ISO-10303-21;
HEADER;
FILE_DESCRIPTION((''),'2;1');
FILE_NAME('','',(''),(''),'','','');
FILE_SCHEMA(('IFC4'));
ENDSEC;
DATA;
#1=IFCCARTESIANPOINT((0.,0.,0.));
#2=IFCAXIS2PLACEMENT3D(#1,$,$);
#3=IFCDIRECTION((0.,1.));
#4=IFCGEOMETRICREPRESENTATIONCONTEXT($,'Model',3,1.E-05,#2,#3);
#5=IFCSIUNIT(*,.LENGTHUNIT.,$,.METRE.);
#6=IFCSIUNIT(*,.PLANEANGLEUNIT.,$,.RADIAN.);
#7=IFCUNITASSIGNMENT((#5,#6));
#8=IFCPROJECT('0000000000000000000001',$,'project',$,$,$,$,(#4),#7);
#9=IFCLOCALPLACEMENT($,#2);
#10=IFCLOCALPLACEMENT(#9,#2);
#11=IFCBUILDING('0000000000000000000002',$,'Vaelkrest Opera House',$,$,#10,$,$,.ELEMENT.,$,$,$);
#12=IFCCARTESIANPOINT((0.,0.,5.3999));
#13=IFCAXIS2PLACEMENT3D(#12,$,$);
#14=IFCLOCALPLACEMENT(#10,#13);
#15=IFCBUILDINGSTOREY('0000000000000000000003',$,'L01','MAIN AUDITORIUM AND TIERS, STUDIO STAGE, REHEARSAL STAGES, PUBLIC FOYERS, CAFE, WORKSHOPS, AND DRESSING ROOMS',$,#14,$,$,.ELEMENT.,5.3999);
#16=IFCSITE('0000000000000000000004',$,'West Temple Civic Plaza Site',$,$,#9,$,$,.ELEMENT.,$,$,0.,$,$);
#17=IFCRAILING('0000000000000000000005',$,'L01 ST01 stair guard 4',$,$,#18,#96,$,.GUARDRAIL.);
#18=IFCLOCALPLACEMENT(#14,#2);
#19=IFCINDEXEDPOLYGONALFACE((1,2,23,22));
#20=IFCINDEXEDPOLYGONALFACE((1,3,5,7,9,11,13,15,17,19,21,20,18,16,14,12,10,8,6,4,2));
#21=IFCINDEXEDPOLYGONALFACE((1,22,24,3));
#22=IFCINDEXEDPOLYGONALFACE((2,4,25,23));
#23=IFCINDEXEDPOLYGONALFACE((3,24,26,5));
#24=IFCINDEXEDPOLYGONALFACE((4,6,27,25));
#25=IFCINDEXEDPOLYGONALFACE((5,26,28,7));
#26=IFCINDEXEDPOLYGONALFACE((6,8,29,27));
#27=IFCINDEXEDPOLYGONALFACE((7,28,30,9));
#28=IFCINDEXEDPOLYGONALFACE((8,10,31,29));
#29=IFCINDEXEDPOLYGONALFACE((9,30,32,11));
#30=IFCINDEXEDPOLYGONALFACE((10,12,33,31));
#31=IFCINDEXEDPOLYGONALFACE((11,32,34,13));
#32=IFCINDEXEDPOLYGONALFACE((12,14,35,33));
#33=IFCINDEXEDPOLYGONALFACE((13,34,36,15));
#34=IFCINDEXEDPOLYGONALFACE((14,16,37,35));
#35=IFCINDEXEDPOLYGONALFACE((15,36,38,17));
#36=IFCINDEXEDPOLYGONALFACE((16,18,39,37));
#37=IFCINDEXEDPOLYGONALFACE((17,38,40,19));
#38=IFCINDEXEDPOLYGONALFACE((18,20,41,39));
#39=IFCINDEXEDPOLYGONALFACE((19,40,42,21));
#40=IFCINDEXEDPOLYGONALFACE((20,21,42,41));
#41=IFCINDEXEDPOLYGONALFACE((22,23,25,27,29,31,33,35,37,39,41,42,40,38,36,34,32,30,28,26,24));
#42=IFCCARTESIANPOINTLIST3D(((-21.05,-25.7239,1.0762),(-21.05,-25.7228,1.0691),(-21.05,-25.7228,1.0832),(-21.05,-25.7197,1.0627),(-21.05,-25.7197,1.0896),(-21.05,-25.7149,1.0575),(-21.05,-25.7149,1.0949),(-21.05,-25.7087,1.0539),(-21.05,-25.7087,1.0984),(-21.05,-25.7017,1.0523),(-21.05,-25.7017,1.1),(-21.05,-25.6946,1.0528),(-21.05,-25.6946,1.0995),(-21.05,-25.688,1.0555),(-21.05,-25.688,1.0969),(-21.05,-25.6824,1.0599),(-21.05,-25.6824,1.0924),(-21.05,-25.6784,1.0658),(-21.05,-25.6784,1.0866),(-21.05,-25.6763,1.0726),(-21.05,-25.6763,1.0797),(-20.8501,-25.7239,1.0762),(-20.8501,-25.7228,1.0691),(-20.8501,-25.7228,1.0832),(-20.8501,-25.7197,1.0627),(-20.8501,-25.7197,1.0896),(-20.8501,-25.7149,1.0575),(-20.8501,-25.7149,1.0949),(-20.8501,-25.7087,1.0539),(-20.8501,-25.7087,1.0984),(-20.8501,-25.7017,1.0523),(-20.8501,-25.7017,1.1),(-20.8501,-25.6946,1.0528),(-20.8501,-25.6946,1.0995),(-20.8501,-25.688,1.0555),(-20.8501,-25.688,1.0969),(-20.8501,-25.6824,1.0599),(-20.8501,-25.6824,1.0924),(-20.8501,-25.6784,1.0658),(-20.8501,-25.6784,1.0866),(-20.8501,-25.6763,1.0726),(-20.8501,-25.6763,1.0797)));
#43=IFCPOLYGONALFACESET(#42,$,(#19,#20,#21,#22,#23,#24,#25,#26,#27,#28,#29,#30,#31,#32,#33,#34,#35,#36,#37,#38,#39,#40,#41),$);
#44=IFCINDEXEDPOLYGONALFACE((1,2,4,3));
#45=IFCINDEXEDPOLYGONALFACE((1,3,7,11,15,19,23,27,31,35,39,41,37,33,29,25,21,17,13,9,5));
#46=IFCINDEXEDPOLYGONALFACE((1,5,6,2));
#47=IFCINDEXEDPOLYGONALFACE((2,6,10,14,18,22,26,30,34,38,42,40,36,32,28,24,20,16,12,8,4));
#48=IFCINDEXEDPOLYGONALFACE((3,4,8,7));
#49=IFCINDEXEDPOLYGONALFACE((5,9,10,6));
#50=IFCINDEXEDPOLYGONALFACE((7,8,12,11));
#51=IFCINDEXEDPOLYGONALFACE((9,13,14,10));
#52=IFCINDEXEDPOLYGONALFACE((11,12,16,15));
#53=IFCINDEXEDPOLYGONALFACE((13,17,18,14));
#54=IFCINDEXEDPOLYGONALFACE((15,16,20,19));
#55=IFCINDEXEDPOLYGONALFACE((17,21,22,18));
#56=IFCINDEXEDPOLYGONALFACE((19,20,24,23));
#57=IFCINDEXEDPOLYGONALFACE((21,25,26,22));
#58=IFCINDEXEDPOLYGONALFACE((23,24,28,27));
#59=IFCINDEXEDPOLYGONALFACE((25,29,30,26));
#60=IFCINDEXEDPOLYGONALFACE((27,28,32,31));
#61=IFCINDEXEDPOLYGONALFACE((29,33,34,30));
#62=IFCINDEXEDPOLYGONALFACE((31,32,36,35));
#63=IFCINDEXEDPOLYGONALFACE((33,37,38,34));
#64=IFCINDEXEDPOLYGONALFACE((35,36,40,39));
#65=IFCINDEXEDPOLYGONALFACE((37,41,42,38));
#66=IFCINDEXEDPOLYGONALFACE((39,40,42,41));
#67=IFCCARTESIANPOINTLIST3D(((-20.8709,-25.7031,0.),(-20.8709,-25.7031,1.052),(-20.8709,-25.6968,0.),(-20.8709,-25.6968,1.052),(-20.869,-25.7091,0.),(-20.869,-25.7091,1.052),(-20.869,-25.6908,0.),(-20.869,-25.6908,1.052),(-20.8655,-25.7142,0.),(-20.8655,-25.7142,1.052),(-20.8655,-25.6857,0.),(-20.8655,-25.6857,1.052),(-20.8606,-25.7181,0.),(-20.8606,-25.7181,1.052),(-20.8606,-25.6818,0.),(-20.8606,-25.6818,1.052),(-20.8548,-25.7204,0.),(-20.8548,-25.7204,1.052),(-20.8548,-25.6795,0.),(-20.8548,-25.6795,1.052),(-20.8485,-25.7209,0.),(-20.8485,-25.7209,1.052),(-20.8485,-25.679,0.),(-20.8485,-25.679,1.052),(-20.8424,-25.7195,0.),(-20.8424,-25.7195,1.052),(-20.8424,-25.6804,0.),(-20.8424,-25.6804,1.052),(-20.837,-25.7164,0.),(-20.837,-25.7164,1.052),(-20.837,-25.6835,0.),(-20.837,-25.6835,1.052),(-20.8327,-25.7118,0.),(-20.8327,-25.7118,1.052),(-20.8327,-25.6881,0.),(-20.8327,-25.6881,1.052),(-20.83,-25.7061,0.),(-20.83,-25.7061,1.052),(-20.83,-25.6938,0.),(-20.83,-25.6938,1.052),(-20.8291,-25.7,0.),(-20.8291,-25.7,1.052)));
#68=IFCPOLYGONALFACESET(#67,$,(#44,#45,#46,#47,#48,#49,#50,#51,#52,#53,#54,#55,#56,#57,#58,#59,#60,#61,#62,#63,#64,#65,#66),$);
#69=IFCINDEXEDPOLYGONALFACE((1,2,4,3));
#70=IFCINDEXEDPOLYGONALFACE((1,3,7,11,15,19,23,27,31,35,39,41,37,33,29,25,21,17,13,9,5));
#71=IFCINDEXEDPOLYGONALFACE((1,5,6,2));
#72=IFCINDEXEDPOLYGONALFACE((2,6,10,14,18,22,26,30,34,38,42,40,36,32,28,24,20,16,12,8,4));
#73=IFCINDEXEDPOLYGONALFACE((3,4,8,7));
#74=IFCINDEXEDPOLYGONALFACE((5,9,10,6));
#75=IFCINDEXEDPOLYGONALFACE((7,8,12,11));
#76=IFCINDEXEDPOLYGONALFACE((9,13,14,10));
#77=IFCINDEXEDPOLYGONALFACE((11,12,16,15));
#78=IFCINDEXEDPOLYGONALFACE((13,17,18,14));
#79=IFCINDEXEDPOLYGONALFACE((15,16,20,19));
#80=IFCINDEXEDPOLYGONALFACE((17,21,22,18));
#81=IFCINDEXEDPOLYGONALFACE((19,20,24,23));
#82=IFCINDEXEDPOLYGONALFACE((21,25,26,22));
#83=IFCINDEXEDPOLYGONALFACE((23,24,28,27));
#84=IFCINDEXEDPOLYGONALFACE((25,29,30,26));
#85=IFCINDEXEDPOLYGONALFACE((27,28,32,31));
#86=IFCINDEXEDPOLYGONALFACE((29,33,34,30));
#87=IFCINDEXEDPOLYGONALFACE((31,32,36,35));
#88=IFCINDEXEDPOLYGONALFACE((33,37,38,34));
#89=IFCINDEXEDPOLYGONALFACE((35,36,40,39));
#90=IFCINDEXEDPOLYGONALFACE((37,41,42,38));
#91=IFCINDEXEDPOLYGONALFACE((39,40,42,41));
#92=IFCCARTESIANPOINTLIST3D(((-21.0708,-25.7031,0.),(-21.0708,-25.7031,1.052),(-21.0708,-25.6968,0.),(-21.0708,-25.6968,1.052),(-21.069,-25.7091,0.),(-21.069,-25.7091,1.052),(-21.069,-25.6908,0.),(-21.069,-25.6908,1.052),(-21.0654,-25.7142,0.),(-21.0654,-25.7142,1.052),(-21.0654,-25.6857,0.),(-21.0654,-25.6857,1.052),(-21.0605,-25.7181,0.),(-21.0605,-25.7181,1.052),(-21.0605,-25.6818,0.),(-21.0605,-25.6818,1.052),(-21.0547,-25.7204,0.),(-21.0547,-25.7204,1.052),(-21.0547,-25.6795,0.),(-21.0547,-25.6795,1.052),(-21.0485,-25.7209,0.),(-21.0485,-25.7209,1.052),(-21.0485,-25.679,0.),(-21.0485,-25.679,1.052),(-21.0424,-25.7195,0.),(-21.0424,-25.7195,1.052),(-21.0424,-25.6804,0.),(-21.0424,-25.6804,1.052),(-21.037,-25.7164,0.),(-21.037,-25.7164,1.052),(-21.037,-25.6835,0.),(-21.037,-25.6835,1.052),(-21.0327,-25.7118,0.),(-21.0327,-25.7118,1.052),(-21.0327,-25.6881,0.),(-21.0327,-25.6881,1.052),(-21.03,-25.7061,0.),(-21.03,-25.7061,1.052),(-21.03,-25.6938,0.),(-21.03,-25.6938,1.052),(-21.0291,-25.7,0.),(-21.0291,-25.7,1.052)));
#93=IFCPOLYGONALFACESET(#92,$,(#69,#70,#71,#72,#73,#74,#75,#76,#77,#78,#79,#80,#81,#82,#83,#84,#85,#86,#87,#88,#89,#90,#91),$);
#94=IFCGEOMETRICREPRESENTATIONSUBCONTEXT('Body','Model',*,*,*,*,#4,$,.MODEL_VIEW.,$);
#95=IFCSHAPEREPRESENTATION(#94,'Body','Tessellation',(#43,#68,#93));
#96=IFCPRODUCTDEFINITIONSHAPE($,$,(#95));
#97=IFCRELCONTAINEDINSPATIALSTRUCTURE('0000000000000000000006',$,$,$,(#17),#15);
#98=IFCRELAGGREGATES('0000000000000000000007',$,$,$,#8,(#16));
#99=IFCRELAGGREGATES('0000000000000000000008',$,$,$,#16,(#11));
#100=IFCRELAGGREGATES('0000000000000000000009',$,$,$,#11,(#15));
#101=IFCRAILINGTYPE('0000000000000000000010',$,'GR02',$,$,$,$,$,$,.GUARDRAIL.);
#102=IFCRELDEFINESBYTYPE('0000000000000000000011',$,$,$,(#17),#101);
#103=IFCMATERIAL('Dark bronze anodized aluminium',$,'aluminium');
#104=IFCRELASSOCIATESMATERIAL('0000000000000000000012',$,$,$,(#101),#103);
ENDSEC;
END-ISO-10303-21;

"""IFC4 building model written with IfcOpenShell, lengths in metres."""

from ifc_helpers import new_model, si_unit, direction, frame, origin, origin_2d, place, context, subcontext, project, spatial, circle, extrude, material, type_object, element, save


model = new_model("IFC4")

# Units and contexts
model_context = context("Model", 3, precision=1e-05, world=origin(), true_north=direction((0.0, 1.0)))
body_context = subcontext(model_context, "Body", "Model", "MODEL_VIEW")
ifc_project = project(units=[si_unit("LENGTHUNIT", "METRE"), si_unit("PLANEANGLEUNIT", "RADIAN")], contexts=[model_context])

# Site, building, storey
site_placement = place(None, origin())
site = spatial("IfcSite", under=ifc_project, at=site_placement, Name="West Temple Civic Plaza Site", CompositionType="ELEMENT", RefElevation=0.0)
building_placement = place(site_placement, origin())
building = spatial("IfcBuilding", under=site, at=building_placement, Name="Vaelkrest Opera House", CompositionType="ELEMENT")
storey_placement = place(building_placement, frame((0.0, 0.0, 5.3999)))
storey = spatial("IfcBuildingStorey", under=building, at=storey_placement, Name="L01", Description="MAIN AUDITORIUM AND TIERS, STUDIO STAGE, REHEARSAL STAGES, PUBLIC FOYERS, CAFE, WORKSHOPS, AND DRESSING ROOMS", CompositionType="ELEMENT", Elevation=5.3999)

# Shared definitions
ifc_material_1 = material(Name="Dark bronze anodized aluminium", Category="aluminium")

# Railing
railing_type_1 = type_object("IfcRailingType", Name="GR02", PredefinedType="GUARDRAIL", material=ifc_material_1)
railing_1_placement = place(storey_placement, frame((-20.8501, -25.7, 0.0)))
element("IfcRailing", 1, at=railing_1_placement, inside=storey, type_object=railing_type_1, Name="L01 ST01 stair guard 4", PredefinedType="GUARDRAIL", context=body_context, shape_type="SweptSolid", body=[
    extrude(circle(Radius=0.0239, at=origin_2d()), frame((0.0, 0.0, 1.0762), z_axis=(-1.0, 0.0, 0.0), x_axis=(0.0, -1.0, 0.0)), (0.0, 0.0, 1.0), 0.2),
    extrude(circle(Radius=0.021, at=origin_2d()), origin(), (0.0, 0.0, 1.0), 1.052),
    extrude(circle(Radius=0.021, at=origin_2d()), frame((-0.2, 0.0, 0.0)), (0.0, 0.0, 1.0), 1.052),
])

save(model, "model.ifc")
